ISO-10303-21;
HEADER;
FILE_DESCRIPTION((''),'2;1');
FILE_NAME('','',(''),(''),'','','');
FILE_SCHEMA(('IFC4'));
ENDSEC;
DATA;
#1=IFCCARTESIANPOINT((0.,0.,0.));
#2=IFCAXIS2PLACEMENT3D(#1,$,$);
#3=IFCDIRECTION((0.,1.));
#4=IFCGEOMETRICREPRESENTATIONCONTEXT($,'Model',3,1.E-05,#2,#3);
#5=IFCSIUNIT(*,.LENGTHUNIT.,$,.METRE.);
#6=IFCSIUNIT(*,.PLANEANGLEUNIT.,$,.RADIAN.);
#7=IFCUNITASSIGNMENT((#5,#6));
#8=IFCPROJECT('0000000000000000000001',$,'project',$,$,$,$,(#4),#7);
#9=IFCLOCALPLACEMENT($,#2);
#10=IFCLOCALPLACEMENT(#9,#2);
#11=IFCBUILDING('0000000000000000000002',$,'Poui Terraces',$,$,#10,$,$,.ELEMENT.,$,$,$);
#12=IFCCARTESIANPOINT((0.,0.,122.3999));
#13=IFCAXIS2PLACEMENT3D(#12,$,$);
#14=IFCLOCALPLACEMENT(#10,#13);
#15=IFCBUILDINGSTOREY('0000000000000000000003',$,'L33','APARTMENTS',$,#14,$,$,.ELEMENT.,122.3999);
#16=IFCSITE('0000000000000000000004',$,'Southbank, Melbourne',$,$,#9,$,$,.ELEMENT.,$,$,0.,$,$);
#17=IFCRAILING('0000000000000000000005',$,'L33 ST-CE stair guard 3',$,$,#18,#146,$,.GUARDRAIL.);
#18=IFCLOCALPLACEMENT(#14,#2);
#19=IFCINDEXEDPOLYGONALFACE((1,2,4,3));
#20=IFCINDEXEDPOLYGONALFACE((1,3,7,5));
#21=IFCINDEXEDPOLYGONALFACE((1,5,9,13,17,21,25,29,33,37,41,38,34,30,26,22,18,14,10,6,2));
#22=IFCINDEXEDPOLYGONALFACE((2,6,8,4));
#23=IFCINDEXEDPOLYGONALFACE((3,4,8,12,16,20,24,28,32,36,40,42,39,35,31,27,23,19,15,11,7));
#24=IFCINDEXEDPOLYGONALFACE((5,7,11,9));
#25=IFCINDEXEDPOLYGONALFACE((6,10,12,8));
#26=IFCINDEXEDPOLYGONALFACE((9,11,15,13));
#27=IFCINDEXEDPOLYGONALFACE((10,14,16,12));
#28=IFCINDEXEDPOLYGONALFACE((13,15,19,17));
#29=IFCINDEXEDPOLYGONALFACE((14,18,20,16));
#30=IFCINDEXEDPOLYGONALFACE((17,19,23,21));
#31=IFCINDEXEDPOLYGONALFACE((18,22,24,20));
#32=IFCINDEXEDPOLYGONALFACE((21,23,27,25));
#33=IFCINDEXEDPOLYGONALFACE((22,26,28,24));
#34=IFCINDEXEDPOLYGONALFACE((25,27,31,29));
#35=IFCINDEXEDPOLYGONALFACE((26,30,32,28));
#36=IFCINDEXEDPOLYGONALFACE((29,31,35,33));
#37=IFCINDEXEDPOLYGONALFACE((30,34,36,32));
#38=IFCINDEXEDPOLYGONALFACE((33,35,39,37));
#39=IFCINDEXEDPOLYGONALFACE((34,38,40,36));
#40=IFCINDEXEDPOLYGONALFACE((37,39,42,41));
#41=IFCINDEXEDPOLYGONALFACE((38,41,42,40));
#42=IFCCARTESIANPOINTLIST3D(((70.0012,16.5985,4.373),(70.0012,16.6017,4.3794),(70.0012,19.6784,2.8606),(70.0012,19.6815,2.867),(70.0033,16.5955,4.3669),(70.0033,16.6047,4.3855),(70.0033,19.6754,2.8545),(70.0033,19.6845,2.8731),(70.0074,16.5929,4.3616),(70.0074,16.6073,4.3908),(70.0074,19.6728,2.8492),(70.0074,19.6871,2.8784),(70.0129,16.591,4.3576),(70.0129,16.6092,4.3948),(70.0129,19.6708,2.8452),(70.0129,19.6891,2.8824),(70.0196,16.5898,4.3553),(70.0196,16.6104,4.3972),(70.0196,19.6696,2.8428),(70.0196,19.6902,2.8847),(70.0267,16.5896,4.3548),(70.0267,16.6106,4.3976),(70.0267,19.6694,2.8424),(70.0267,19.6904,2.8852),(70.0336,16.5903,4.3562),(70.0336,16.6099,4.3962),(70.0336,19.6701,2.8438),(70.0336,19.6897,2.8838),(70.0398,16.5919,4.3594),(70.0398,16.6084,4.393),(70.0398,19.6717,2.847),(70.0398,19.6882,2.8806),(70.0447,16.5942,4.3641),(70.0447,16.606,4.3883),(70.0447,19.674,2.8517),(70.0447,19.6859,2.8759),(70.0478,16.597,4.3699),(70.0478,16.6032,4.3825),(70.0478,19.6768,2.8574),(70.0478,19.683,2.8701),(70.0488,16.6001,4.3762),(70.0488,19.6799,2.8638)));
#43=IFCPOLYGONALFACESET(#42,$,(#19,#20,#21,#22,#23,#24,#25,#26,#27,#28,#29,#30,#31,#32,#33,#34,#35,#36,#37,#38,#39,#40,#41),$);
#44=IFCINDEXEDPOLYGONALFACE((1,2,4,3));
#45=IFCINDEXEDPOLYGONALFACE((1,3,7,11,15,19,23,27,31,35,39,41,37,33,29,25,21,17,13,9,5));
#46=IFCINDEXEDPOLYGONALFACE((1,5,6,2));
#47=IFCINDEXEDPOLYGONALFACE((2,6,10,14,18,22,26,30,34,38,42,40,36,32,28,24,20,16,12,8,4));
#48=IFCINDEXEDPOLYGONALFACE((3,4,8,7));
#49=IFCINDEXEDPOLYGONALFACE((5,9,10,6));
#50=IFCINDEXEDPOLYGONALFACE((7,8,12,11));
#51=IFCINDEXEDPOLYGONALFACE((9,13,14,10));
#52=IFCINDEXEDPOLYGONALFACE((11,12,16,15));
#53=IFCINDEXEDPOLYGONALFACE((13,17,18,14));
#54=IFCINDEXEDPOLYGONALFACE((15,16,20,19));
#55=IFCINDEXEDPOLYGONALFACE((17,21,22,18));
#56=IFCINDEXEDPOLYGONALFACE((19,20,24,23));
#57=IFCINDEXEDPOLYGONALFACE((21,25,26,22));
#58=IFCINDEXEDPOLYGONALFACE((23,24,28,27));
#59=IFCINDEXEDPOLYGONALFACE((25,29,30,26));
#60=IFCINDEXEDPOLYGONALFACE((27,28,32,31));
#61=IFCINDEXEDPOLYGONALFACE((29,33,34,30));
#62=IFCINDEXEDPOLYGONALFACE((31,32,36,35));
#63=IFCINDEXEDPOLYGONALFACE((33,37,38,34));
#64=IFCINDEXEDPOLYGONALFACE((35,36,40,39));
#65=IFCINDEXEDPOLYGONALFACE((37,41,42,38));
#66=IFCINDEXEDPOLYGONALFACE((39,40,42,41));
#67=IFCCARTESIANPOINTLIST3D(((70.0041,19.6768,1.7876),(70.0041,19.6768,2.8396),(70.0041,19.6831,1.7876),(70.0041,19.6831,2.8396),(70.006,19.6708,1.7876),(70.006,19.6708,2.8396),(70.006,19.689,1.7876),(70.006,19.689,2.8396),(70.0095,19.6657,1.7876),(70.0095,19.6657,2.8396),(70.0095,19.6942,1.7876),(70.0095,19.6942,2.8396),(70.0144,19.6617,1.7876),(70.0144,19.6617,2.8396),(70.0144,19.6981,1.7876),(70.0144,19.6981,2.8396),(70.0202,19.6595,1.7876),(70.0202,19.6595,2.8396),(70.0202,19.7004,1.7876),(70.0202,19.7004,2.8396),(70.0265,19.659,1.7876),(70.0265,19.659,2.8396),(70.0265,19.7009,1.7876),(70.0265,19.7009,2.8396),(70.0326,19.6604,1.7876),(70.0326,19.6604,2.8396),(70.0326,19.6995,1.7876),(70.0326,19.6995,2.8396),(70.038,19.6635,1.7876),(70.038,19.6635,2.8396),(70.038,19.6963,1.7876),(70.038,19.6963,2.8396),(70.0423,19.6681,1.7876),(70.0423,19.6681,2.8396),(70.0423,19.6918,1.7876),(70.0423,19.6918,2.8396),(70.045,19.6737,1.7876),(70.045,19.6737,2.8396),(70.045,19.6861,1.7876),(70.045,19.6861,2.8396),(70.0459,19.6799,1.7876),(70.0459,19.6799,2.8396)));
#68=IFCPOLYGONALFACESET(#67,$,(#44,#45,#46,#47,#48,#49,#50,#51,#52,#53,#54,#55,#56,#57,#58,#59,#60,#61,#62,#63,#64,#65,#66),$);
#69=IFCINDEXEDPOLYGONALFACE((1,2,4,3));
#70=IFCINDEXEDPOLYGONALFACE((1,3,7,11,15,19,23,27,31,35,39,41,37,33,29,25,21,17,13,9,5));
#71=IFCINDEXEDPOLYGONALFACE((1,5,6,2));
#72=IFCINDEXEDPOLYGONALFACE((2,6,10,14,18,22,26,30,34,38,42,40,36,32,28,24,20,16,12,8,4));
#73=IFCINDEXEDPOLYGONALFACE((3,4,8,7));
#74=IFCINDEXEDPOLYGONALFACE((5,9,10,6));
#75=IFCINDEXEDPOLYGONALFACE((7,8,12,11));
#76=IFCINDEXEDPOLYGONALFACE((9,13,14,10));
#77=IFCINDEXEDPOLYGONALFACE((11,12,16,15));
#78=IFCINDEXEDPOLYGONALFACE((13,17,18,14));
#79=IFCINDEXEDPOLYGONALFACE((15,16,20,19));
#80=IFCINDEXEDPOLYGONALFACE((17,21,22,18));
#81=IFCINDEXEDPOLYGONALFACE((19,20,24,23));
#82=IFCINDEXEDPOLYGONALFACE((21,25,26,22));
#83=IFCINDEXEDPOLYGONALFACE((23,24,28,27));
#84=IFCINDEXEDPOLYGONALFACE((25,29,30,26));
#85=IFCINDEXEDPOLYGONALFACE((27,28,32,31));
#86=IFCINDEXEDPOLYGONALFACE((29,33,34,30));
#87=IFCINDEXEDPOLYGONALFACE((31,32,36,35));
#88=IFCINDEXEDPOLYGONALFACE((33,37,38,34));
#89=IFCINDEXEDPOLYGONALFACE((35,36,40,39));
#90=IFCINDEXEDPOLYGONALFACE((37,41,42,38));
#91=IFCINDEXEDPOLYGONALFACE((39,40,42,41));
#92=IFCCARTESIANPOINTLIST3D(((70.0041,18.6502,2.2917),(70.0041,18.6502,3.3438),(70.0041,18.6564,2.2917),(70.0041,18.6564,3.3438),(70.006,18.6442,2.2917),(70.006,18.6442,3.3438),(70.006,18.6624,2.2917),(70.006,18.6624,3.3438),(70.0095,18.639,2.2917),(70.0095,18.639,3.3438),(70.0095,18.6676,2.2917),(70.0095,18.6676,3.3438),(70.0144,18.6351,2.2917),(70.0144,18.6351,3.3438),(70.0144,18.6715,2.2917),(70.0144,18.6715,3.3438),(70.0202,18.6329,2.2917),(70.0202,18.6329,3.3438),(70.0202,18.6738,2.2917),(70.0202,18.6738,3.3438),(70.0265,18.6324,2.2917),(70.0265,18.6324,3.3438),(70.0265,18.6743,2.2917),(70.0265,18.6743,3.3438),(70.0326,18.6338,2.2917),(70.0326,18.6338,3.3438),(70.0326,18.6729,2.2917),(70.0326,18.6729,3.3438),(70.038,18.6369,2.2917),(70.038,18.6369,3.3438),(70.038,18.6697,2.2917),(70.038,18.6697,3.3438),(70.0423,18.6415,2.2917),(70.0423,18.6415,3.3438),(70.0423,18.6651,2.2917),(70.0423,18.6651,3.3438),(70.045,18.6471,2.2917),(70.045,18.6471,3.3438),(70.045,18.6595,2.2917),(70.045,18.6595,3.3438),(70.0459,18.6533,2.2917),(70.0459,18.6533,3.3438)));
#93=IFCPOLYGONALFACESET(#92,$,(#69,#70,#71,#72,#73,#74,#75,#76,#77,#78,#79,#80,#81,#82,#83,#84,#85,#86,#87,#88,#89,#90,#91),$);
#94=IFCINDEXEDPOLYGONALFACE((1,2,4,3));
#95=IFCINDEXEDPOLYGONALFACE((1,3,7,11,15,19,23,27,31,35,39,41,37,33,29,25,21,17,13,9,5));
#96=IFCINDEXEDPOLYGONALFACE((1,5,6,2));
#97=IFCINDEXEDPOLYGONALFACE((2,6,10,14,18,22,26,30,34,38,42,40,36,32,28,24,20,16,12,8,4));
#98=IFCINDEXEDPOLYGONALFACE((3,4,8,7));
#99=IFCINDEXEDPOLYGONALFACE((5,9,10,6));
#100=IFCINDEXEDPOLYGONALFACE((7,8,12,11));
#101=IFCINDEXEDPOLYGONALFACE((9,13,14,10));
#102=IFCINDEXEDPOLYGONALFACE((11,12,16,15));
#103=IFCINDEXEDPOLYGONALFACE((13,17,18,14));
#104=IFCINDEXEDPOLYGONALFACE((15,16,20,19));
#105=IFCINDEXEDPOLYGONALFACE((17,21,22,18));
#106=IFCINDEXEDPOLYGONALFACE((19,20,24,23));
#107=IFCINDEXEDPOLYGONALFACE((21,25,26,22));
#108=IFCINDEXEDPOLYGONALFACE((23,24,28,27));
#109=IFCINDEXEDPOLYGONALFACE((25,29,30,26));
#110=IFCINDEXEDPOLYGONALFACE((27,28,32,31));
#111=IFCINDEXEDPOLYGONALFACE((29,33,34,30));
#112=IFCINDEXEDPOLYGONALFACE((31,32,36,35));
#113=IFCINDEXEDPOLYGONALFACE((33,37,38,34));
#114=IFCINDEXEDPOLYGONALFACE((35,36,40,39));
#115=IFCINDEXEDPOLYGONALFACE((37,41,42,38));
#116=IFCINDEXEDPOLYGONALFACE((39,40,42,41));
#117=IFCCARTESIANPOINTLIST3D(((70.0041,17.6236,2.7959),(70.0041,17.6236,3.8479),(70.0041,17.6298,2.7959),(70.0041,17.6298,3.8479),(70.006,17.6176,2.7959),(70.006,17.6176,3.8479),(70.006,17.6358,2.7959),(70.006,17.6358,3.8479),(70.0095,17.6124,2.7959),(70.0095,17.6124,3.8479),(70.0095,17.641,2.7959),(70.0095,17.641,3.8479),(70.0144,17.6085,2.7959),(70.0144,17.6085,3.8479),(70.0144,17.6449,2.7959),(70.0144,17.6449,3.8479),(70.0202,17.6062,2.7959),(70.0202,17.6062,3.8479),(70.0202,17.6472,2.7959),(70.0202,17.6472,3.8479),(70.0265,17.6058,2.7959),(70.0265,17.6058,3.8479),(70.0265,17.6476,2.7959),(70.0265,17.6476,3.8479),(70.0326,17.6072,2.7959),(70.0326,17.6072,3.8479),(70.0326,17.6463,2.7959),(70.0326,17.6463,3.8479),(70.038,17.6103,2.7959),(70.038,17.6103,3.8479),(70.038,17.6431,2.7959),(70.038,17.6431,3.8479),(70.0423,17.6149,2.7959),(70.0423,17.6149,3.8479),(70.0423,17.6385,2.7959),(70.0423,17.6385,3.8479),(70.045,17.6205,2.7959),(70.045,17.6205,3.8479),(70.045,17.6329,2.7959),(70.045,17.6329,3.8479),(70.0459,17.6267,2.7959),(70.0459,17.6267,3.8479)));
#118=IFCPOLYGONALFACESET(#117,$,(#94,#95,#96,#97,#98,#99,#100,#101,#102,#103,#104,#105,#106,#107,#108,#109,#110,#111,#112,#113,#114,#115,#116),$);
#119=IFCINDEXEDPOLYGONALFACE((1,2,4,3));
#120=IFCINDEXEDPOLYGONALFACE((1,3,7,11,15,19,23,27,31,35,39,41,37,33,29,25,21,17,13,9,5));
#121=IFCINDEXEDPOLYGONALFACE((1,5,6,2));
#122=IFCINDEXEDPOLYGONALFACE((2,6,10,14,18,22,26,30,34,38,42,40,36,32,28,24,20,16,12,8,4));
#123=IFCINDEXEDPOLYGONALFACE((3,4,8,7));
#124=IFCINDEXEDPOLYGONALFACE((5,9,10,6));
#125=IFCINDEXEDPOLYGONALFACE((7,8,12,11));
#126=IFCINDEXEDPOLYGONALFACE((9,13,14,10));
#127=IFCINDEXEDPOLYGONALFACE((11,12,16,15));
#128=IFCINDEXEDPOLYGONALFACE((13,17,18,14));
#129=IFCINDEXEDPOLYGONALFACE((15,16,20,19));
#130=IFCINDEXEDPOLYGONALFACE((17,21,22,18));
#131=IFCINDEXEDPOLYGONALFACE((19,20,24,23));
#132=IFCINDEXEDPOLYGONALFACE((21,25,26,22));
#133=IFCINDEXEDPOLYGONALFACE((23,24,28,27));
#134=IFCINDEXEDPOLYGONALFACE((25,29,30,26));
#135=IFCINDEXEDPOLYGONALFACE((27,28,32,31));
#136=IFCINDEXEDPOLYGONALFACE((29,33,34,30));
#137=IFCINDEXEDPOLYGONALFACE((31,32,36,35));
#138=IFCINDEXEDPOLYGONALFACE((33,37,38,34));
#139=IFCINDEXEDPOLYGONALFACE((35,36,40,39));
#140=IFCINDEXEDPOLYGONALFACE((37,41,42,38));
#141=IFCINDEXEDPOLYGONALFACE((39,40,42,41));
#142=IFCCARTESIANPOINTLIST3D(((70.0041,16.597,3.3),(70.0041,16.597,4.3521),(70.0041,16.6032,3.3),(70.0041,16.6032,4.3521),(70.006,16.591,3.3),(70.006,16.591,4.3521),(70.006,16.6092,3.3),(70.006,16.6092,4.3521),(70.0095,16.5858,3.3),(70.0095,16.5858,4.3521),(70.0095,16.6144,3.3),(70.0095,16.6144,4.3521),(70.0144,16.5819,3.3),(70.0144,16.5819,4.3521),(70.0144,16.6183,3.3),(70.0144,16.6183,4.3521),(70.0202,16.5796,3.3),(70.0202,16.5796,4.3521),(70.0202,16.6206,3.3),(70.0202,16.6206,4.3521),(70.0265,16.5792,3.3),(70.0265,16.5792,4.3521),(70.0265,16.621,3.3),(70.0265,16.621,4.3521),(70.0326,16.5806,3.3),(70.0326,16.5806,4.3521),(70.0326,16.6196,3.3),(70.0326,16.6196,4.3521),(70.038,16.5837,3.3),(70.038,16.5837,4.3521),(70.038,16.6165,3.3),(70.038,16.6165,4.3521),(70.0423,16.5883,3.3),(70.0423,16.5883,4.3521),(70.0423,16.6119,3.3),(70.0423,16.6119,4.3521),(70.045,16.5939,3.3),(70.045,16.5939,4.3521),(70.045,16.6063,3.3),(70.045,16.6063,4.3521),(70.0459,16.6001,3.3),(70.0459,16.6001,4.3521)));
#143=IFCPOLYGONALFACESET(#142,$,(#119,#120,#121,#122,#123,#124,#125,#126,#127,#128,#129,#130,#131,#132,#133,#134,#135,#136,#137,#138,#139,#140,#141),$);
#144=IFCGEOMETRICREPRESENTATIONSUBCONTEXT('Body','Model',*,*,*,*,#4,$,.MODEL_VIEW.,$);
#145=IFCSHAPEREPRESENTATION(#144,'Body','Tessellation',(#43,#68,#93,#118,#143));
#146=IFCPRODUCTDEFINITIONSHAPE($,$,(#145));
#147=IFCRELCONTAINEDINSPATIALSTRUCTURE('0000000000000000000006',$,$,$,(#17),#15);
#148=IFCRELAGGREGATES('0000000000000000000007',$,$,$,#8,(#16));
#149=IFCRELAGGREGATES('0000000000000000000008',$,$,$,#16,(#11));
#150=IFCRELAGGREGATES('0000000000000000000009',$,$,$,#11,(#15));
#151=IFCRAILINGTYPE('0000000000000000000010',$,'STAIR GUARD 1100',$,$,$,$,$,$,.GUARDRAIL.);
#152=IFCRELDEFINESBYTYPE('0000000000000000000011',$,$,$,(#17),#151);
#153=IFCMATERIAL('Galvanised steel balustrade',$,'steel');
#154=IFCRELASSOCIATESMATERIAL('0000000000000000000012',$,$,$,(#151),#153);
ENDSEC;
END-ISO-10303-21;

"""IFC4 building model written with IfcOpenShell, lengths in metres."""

from ifc_helpers import new_model, si_unit, direction, frame, origin, origin_2d, place, context, subcontext, project, spatial, circle, extrude, material, type_object, element, save


model = new_model("IFC4")

# Units and contexts
model_context = context("Model", 3, precision=1e-05, world=origin(), true_north=direction((0.0, 1.0)))
body_context = subcontext(model_context, "Body", "Model", "MODEL_VIEW")
ifc_project = project(units=[si_unit("LENGTHUNIT", "METRE"), si_unit("PLANEANGLEUNIT", "RADIAN")], contexts=[model_context])

# Site, building, storey
site_placement = place(None, origin())
site = spatial("IfcSite", under=ifc_project, at=site_placement, Name="Southbank, Melbourne", CompositionType="ELEMENT", RefElevation=0.0)
building_placement = place(site_placement, origin())
building = spatial("IfcBuilding", under=site, at=building_placement, Name="Poui Terraces", CompositionType="ELEMENT")
storey_placement = place(building_placement, frame((0.0, 0.0, 122.3999)))
storey = spatial("IfcBuildingStorey", under=building, at=storey_placement, Name="L33", Description="APARTMENTS", CompositionType="ELEMENT", Elevation=122.3999)

# Railing
ifc_material_1 = material(Name="Galvanised steel balustrade", Category="steel")
railing_type_1 = type_object("IfcRailingType", Name="STAIR GUARD 1100", PredefinedType="GUARDRAIL", material=ifc_material_1)
railing_1_placement = place(storey_placement, frame((70.0249, 19.6799, 1.7876)))
element("IfcRailing", 1, at=railing_1_placement, inside=storey, type_object=railing_type_1, Name="L33 ST-CE stair guard 3", PredefinedType="GUARDRAIL", context=body_context, shape_type="SweptSolid", body=[
    extrude(circle(Radius=0.0239, at=origin_2d()), frame((0.0, 0.0, 1.0762), z_axis=(0.0, -0.897606, 0.440798), x_axis=(1.0, 0.0, 0.0)), (0.0, 0.0, 1.0), 3.4312),
    extrude(circle(Radius=0.021, at=origin_2d()), origin(), (0.0, 0.0, 1.0), 1.052),
    extrude(circle(Radius=0.021, at=origin_2d()), frame((0.0, -1.0266, 0.5042)), (0.0, 0.0, 1.0), 1.052),
    extrude(circle(Radius=0.021, at=origin_2d()), frame((0.0, -2.0532, 1.0083)), (0.0, 0.0, 1.0), 1.052),
    extrude(circle(Radius=0.021, at=origin_2d()), frame((0.0, -3.0798, 1.5125)), (0.0, 0.0, 1.0), 1.052),
])

save(model, "model.ifc")
